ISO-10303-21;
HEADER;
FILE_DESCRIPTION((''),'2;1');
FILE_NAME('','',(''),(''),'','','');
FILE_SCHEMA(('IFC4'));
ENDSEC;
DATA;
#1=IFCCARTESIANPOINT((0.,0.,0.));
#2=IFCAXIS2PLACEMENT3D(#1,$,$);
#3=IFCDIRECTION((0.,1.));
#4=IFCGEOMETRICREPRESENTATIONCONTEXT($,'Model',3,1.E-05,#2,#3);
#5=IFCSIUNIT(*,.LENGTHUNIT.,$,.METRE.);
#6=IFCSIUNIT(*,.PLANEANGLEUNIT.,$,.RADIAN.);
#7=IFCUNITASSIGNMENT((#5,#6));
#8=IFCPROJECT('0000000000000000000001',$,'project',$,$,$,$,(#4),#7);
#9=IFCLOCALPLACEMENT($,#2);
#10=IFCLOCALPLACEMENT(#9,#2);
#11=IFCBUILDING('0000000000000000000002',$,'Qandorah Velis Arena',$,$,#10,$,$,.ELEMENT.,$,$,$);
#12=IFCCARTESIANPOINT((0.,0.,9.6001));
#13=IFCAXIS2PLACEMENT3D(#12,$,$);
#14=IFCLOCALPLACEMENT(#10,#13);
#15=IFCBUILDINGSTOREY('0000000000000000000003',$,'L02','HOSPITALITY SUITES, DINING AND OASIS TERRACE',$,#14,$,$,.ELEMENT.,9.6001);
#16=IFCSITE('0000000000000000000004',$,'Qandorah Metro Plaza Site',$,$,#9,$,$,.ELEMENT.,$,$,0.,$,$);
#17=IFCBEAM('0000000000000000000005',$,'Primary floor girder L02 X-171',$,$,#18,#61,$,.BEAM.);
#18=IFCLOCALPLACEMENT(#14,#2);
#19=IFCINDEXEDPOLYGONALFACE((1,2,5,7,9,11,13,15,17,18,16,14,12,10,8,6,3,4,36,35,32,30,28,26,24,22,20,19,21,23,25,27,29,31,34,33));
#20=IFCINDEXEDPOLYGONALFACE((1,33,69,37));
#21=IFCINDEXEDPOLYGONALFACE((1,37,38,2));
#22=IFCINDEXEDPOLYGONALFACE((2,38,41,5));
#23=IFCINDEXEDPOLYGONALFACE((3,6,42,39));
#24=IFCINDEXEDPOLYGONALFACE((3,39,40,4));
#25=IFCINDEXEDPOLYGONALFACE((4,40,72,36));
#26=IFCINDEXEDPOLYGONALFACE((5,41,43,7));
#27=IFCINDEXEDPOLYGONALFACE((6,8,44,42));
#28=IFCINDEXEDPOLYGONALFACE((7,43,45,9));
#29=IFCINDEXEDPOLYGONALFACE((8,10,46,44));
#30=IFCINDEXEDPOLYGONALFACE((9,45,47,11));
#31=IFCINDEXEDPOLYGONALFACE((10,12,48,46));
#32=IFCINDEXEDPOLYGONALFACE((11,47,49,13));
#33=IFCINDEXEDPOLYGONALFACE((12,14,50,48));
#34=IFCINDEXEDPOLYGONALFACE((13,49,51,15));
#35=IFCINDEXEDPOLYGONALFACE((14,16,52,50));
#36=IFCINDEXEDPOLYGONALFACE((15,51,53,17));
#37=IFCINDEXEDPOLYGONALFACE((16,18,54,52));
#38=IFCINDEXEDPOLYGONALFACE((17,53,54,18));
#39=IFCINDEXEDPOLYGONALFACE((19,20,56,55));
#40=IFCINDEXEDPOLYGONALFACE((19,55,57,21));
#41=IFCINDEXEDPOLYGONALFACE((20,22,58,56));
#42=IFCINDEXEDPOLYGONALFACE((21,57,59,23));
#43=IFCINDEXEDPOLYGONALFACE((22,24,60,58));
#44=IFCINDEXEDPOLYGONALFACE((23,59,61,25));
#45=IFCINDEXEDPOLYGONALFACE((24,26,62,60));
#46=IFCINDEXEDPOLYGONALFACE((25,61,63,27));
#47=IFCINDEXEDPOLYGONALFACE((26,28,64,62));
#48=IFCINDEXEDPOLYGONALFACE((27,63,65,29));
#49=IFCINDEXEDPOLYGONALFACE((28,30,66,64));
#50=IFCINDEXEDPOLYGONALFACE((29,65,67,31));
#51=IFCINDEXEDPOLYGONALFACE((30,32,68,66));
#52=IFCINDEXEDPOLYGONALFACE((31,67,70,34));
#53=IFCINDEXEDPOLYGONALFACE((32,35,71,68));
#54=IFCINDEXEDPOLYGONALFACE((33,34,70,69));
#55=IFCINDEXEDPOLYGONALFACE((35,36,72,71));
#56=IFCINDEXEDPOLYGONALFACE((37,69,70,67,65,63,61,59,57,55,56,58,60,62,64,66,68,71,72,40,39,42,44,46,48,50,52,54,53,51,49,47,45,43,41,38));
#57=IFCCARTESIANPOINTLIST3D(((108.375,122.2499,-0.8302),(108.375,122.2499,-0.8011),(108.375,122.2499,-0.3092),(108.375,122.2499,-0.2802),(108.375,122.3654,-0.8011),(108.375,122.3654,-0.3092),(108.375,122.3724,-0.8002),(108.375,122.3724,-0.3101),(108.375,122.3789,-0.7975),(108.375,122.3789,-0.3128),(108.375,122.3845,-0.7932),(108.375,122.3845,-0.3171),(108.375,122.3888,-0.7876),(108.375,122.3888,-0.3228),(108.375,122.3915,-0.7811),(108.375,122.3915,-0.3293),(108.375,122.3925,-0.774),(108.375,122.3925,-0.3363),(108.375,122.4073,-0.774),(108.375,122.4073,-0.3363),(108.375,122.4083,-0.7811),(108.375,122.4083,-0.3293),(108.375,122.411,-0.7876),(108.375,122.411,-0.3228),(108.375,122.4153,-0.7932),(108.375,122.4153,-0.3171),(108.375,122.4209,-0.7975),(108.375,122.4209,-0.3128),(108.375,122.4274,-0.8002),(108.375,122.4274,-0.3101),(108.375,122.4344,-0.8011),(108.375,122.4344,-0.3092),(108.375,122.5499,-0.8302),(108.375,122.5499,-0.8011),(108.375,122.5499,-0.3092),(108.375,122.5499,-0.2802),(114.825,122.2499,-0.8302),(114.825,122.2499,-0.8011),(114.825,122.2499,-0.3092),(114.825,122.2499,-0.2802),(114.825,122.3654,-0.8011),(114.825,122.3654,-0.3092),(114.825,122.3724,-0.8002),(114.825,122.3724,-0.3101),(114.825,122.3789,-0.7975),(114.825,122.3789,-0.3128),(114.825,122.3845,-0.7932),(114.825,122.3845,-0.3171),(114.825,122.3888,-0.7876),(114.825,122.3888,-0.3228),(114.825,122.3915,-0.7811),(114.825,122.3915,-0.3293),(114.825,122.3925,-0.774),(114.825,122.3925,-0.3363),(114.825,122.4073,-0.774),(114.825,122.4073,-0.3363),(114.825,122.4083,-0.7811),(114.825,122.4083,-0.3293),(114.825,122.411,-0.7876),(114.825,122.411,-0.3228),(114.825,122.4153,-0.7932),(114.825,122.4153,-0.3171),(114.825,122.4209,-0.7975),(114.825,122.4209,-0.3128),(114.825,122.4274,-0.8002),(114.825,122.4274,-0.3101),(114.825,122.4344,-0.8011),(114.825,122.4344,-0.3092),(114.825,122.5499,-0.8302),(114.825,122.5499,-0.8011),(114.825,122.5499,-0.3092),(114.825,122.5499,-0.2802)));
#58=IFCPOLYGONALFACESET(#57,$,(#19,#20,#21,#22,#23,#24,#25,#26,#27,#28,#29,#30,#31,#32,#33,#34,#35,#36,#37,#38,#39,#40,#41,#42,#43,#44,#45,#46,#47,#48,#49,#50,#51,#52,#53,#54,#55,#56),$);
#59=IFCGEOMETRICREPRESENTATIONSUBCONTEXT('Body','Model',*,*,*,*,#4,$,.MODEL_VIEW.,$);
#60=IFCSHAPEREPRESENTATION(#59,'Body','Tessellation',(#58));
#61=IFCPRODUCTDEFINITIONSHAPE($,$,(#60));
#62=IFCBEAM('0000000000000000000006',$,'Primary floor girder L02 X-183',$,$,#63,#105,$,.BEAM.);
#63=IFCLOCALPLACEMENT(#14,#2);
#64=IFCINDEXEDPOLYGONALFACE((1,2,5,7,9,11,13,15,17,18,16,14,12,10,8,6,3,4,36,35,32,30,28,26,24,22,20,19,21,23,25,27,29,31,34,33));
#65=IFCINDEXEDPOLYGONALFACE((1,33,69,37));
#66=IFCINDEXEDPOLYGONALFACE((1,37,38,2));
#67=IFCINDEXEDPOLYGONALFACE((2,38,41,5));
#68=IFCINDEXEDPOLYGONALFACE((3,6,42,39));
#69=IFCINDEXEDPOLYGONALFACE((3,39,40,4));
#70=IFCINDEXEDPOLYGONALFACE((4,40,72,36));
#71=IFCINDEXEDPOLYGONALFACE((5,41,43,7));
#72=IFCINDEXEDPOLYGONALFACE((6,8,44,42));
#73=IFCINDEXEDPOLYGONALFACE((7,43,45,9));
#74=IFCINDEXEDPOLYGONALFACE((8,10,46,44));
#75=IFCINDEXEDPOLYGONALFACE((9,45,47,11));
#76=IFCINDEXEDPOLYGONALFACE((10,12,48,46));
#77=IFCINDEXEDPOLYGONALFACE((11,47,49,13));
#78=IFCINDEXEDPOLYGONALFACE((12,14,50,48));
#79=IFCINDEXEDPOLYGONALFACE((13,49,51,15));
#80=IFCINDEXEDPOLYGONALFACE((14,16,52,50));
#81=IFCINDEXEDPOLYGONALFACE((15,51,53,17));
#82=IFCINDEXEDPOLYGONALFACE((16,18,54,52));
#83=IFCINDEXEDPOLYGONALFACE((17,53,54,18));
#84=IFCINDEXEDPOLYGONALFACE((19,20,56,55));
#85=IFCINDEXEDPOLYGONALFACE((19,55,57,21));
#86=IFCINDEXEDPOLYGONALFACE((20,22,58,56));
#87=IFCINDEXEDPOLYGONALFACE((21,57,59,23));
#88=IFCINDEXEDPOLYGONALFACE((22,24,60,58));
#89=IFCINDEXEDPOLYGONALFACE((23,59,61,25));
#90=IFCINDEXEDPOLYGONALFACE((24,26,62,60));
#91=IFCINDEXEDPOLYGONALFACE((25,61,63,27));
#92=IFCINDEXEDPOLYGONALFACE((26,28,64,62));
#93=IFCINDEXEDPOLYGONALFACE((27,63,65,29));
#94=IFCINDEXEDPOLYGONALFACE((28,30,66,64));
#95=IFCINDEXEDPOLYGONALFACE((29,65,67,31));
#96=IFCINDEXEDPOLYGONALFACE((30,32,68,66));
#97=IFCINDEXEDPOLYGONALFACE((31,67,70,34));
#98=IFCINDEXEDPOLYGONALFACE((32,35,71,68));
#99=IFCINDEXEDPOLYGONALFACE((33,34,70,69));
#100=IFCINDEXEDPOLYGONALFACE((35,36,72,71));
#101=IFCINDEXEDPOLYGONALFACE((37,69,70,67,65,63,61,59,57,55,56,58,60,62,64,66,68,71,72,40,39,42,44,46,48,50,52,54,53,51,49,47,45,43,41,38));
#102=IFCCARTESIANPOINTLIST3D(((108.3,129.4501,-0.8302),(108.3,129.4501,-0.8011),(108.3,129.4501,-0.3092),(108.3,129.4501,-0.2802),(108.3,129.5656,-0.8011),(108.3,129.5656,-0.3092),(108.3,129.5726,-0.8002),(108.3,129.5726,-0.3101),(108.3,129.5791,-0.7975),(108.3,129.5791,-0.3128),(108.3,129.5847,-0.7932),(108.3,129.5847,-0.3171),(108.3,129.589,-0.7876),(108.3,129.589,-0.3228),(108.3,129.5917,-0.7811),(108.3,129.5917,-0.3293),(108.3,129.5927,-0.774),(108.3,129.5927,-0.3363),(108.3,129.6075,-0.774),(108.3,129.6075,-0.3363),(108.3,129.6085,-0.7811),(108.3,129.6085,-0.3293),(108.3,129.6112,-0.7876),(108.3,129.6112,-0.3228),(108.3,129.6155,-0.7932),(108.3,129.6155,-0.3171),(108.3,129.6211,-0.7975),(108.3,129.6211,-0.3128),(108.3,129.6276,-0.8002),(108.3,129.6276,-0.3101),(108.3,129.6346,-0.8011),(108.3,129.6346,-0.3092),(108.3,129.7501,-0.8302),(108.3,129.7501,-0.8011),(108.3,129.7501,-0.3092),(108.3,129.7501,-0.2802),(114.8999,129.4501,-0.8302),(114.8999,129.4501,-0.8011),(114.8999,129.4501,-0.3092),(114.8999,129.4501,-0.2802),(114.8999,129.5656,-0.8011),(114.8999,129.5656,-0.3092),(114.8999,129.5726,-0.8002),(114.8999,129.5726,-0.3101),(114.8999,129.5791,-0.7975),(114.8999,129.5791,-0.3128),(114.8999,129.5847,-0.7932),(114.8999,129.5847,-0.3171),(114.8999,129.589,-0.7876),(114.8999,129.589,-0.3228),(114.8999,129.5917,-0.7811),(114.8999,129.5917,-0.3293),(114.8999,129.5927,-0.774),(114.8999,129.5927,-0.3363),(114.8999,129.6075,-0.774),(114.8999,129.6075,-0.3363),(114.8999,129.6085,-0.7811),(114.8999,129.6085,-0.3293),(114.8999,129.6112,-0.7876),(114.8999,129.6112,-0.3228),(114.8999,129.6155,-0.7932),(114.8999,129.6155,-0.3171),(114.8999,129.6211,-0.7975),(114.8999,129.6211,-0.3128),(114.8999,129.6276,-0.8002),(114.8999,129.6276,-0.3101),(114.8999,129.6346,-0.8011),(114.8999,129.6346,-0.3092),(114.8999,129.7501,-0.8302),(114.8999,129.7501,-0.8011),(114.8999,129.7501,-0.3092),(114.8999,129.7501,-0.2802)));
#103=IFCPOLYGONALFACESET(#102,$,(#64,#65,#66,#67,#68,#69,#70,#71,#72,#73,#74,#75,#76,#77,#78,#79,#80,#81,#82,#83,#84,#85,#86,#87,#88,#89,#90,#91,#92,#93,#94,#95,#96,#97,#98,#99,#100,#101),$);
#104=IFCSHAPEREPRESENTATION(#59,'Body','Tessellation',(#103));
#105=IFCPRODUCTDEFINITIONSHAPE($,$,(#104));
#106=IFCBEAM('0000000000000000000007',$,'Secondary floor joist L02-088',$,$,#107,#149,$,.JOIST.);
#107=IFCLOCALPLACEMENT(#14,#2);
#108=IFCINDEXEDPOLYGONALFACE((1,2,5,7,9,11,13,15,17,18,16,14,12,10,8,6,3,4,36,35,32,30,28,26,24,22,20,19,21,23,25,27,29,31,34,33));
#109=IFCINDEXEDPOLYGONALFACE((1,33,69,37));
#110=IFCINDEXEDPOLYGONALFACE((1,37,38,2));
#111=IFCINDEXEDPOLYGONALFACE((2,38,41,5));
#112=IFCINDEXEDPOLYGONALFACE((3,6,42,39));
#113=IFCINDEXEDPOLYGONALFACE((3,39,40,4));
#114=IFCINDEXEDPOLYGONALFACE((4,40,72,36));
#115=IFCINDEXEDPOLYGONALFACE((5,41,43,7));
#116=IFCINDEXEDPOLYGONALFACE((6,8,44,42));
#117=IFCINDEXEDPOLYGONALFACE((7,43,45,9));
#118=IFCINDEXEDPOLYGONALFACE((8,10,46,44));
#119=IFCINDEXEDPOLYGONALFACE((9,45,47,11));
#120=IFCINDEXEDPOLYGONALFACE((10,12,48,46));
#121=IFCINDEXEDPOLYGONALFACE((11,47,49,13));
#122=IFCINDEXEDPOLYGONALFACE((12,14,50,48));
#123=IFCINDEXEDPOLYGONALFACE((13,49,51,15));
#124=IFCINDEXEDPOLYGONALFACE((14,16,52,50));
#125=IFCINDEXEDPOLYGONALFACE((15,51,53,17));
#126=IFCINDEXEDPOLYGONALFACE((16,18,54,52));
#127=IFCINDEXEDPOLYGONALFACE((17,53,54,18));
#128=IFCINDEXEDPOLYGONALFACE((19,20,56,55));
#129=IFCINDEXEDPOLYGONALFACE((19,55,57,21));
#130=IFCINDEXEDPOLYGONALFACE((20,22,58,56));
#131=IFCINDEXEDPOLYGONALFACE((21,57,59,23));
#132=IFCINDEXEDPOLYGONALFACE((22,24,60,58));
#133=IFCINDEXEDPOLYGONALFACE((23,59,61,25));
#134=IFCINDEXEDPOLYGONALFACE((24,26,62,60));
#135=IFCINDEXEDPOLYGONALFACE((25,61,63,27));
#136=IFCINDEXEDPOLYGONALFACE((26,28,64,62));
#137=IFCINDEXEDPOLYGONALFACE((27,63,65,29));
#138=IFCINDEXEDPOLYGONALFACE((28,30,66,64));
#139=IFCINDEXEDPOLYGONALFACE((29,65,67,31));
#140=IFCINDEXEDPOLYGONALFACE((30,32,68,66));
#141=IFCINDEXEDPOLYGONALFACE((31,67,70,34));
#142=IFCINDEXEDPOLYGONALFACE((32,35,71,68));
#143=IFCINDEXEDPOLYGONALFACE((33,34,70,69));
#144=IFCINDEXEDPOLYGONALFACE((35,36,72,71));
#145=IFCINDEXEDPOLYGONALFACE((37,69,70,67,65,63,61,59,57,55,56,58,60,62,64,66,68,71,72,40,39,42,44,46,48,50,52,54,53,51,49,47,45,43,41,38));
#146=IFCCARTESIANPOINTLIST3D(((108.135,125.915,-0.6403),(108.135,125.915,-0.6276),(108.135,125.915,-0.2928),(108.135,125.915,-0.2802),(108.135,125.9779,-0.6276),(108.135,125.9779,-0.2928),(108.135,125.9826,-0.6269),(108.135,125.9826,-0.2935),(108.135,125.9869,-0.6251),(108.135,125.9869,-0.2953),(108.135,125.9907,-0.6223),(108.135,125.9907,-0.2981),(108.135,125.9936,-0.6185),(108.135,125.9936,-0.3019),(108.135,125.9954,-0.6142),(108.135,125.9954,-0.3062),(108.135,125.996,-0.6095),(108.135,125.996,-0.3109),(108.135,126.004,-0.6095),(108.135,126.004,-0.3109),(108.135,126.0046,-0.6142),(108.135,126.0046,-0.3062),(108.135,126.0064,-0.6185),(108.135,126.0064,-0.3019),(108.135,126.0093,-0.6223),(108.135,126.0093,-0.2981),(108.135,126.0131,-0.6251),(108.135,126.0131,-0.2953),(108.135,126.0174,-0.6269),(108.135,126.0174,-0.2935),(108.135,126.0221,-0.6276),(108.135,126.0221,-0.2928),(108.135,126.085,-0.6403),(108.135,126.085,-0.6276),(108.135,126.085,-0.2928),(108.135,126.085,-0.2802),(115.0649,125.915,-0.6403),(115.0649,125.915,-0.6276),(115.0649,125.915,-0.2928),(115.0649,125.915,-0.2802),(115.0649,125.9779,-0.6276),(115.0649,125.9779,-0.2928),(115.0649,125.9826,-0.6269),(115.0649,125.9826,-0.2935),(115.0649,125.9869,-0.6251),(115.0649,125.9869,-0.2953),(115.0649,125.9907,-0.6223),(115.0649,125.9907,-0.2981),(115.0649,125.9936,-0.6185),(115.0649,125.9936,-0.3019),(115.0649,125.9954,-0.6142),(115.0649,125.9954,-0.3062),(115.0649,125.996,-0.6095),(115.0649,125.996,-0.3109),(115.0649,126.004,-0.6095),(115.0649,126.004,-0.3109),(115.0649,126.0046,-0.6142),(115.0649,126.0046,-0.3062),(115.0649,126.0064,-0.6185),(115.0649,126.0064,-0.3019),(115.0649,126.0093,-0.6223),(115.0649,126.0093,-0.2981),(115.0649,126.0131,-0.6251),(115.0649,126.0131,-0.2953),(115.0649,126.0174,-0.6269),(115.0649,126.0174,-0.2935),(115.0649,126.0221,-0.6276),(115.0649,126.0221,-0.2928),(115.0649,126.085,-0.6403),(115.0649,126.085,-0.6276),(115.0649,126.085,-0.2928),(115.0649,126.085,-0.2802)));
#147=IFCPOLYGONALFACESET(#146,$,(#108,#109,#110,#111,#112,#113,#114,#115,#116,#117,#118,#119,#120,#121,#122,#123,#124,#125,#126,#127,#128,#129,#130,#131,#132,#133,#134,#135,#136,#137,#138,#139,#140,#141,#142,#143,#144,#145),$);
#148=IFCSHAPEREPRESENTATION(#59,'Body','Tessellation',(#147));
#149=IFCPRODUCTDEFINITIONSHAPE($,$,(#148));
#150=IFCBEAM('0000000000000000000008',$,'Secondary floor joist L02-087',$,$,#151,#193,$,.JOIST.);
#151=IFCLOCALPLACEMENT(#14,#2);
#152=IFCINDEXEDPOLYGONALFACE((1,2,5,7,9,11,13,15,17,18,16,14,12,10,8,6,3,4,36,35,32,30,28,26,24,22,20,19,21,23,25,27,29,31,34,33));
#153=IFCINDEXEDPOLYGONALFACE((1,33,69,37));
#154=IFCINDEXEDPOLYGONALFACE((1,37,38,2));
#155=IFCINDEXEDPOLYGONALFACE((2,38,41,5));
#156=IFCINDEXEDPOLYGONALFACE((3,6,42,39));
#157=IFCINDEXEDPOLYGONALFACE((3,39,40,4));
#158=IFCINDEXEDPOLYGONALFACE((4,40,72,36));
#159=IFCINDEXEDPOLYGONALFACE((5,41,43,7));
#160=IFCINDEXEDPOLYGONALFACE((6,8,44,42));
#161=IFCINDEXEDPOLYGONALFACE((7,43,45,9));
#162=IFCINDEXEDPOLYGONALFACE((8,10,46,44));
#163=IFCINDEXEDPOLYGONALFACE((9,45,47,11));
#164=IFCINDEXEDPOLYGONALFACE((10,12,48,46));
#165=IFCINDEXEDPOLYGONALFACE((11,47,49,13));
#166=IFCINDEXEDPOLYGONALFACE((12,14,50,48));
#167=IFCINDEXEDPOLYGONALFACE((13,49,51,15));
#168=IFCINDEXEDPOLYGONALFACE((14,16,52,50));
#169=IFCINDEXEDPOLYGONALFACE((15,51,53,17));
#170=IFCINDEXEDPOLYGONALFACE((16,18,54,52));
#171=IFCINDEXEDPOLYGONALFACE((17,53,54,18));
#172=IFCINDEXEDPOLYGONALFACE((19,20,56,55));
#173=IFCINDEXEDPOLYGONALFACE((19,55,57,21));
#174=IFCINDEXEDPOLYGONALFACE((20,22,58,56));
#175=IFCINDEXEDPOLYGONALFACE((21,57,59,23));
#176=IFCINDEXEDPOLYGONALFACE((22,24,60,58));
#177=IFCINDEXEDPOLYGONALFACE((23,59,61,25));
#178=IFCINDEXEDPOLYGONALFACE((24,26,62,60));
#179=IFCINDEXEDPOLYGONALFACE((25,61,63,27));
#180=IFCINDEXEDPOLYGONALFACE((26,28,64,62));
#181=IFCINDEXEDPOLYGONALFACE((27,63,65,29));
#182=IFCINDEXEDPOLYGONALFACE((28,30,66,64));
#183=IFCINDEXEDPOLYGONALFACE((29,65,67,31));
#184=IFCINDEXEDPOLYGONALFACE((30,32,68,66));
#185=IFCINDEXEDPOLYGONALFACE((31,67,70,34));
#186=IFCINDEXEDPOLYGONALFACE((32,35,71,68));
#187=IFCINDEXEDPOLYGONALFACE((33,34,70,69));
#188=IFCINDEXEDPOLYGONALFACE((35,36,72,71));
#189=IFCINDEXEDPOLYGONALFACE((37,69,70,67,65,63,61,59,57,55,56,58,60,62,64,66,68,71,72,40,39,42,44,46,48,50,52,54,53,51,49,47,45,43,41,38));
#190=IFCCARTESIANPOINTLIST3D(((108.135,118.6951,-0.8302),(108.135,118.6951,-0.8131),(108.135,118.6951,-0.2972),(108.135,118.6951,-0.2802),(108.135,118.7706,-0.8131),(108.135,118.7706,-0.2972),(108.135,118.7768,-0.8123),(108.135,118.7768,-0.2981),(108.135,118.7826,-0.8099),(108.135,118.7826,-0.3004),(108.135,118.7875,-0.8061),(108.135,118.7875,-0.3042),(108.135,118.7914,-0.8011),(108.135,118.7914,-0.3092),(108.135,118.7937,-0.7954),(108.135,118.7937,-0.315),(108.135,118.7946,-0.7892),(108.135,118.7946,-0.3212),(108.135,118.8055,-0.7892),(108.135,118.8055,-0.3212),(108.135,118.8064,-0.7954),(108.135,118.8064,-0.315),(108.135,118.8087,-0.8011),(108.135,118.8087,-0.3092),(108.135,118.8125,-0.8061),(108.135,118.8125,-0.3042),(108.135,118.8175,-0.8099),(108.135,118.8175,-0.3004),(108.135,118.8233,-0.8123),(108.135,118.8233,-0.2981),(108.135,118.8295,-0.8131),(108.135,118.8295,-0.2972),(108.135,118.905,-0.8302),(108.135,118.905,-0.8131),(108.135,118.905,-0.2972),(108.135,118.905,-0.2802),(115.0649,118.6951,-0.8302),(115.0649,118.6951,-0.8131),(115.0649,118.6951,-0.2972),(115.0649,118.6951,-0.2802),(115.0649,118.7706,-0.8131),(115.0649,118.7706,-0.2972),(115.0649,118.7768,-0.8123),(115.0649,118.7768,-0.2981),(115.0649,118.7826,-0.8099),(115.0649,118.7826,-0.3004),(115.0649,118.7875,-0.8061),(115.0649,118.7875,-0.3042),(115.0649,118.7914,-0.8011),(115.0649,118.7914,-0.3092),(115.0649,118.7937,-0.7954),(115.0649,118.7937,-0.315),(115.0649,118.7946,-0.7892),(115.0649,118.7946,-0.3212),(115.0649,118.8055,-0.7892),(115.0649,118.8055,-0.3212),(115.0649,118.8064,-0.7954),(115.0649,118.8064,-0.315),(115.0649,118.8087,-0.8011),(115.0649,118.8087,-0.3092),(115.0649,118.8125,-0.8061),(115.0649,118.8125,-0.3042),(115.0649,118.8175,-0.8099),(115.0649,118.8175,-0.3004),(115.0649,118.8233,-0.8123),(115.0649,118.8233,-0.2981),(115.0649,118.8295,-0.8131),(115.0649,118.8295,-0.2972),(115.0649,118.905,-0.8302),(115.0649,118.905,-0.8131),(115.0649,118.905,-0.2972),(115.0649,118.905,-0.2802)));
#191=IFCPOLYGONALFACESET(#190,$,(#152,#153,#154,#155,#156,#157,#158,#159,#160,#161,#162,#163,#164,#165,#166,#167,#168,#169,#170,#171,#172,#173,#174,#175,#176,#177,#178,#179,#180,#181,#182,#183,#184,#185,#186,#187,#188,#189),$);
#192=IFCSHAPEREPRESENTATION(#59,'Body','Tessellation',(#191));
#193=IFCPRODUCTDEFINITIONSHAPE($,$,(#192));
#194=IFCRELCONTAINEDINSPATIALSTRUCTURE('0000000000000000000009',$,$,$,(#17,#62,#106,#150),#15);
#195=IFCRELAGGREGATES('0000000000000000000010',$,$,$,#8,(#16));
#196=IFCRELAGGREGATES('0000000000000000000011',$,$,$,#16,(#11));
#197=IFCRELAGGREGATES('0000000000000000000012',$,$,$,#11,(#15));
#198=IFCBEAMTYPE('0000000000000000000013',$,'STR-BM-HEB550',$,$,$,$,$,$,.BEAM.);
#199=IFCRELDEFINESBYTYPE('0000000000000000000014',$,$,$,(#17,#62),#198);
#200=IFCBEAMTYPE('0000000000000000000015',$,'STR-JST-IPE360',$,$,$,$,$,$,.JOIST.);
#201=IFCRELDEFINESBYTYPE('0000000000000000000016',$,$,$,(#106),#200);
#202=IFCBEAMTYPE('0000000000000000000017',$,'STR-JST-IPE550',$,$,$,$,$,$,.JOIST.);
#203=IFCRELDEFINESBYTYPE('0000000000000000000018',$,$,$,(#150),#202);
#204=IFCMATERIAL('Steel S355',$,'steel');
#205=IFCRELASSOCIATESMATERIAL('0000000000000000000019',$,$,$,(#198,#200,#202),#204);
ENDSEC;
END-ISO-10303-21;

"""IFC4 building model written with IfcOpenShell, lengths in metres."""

from ifc_helpers import new_model, si_unit, direction, frame, origin, origin_2d, place, context, subcontext, project, spatial, i_section, extrude, material, material_profile, profile_set, type_object, element, save


model = new_model("IFC4")

# Units and contexts
model_context = context("Model", 3, precision=1e-05, world=origin(), true_north=direction((0.0, 1.0)))
body_context = subcontext(model_context, "Body", "Model", "MODEL_VIEW")
ifc_project = project(units=[si_unit("LENGTHUNIT", "METRE"), si_unit("PLANEANGLEUNIT", "RADIAN")], contexts=[model_context])

# Site, building, storey
site_placement = place(None, origin())
site = spatial("IfcSite", under=ifc_project, at=site_placement, Name="Qandorah Metro Plaza Site", CompositionType="ELEMENT", RefElevation=0.0)
building_placement = place(site_placement, origin())
building = spatial("IfcBuilding", under=site, at=building_placement, Name="Qandorah Velis Arena", CompositionType="ELEMENT")
storey_placement = place(building_placement, frame((0.0, 0.0, 9.6001)))
storey = spatial("IfcBuildingStorey", under=building, at=storey_placement, Name="L02", Description="HOSPITALITY SUITES, DINING AND OASIS TERRACE", CompositionType="ELEMENT", Elevation=9.6001)

# Shared definitions
ifc_material_1 = material(Name="Steel S355", Category="steel")

# Beams
ifc_material_profile_1 = material_profile(ifc_material_1, i_section(OverallWidth=0.3, OverallDepth=0.55, WebThickness=0.0149, FlangeThickness=0.0291, FilletRadius=0.0271, at=origin_2d()), Name="HEB 550")
ifc_profile_set_1 = profile_set([ifc_material_profile_1], Name="Steel S355")
beam_type_1 = type_object("IfcBeamType", Name="STR-BM-HEB550", PredefinedType="BEAM", material=ifc_profile_set_1)
beam_1_placement = place(storey_placement, frame((108.375, 122.3999, -0.5552), z_axis=(1.0, 0.0, 0.0), x_axis=(0.0, 1.0, 0.0)))
element("IfcBeam", 1, at=beam_1_placement, inside=storey, type_object=beam_type_1, Name="Primary floor girder L02 X-171", PredefinedType="BEAM", context=body_context, shape_type="SweptSolid", body=[
    extrude(i_section(OverallWidth=0.3, OverallDepth=0.55, WebThickness=0.0149, FlangeThickness=0.0291, FilletRadius=0.0271, at=origin_2d()), origin(), (0.0, 0.0, 1.0), 6.45),
])
beam_2_placement = place(storey_placement, frame((108.3, 129.6001, -0.5552), z_axis=(1.0, 0.0, 0.0), x_axis=(0.0, 1.0, 0.0)))
element("IfcBeam", 2, at=beam_2_placement, inside=storey, type_object=beam_type_1, Name="Primary floor girder L02 X-183", PredefinedType="BEAM", context=body_context, shape_type="SweptSolid", body=[
    extrude(i_section(OverallWidth=0.3, OverallDepth=0.55, WebThickness=0.0149, FlangeThickness=0.0291, FilletRadius=0.0271, at=origin_2d()), origin(), (0.0, 0.0, 1.0), 6.5999),
])
ifc_material_profile_2 = material_profile(ifc_material_1, i_section(OverallWidth=0.1699, OverallDepth=0.3601, WebThickness=0.0081, FlangeThickness=0.0127, FilletRadius=0.0181, at=origin_2d()), Name="IPE 360")
ifc_profile_set_2 = profile_set([ifc_material_profile_2], Name="Steel S355")
beam_type_2 = type_object("IfcBeamType", Name="STR-JST-IPE360", PredefinedType="JOIST", material=ifc_profile_set_2)
beam_3_placement = place(storey_placement, frame((108.135, 126.0, -0.4602), z_axis=(1.0, 0.0, 0.0), x_axis=(0.0, 1.0, 0.0)))
element("IfcBeam", 3, at=beam_3_placement, inside=storey, type_object=beam_type_2, Name="Secondary floor joist L02-088", PredefinedType="JOIST", context=body_context, shape_type="SweptSolid", body=[
    extrude(i_section(OverallWidth=0.1699, OverallDepth=0.3601, WebThickness=0.0081, FlangeThickness=0.0127, FilletRadius=0.0181, at=origin_2d()), origin(), (0.0, 0.0, 1.0), 6.9299),
])
ifc_material_profile_3 = material_profile(ifc_material_1, i_section(OverallWidth=0.21, OverallDepth=0.55, WebThickness=0.011, FlangeThickness=0.0171, FilletRadius=0.0239, at=origin_2d()), Name="IPE 550")
ifc_profile_set_3 = profile_set([ifc_material_profile_3], Name="Steel S355")
beam_type_3 = type_object("IfcBeamType", Name="STR-JST-IPE550", PredefinedType="JOIST", material=ifc_profile_set_3)
beam_4_placement = place(storey_placement, frame((108.135, 118.8, -0.5552), z_axis=(1.0, 0.0, 0.0), x_axis=(0.0, 1.0, 0.0)))
element("IfcBeam", 4, at=beam_4_placement, inside=storey, type_object=beam_type_3, Name="Secondary floor joist L02-087", PredefinedType="JOIST", context=body_context, shape_type="SweptSolid", body=[
    extrude(i_section(OverallWidth=0.21, OverallDepth=0.55, WebThickness=0.011, FlangeThickness=0.0171, FilletRadius=0.0239, at=origin_2d()), origin(), (0.0, 0.0, 1.0), 6.9299),
])

save(model, "model.ifc")
